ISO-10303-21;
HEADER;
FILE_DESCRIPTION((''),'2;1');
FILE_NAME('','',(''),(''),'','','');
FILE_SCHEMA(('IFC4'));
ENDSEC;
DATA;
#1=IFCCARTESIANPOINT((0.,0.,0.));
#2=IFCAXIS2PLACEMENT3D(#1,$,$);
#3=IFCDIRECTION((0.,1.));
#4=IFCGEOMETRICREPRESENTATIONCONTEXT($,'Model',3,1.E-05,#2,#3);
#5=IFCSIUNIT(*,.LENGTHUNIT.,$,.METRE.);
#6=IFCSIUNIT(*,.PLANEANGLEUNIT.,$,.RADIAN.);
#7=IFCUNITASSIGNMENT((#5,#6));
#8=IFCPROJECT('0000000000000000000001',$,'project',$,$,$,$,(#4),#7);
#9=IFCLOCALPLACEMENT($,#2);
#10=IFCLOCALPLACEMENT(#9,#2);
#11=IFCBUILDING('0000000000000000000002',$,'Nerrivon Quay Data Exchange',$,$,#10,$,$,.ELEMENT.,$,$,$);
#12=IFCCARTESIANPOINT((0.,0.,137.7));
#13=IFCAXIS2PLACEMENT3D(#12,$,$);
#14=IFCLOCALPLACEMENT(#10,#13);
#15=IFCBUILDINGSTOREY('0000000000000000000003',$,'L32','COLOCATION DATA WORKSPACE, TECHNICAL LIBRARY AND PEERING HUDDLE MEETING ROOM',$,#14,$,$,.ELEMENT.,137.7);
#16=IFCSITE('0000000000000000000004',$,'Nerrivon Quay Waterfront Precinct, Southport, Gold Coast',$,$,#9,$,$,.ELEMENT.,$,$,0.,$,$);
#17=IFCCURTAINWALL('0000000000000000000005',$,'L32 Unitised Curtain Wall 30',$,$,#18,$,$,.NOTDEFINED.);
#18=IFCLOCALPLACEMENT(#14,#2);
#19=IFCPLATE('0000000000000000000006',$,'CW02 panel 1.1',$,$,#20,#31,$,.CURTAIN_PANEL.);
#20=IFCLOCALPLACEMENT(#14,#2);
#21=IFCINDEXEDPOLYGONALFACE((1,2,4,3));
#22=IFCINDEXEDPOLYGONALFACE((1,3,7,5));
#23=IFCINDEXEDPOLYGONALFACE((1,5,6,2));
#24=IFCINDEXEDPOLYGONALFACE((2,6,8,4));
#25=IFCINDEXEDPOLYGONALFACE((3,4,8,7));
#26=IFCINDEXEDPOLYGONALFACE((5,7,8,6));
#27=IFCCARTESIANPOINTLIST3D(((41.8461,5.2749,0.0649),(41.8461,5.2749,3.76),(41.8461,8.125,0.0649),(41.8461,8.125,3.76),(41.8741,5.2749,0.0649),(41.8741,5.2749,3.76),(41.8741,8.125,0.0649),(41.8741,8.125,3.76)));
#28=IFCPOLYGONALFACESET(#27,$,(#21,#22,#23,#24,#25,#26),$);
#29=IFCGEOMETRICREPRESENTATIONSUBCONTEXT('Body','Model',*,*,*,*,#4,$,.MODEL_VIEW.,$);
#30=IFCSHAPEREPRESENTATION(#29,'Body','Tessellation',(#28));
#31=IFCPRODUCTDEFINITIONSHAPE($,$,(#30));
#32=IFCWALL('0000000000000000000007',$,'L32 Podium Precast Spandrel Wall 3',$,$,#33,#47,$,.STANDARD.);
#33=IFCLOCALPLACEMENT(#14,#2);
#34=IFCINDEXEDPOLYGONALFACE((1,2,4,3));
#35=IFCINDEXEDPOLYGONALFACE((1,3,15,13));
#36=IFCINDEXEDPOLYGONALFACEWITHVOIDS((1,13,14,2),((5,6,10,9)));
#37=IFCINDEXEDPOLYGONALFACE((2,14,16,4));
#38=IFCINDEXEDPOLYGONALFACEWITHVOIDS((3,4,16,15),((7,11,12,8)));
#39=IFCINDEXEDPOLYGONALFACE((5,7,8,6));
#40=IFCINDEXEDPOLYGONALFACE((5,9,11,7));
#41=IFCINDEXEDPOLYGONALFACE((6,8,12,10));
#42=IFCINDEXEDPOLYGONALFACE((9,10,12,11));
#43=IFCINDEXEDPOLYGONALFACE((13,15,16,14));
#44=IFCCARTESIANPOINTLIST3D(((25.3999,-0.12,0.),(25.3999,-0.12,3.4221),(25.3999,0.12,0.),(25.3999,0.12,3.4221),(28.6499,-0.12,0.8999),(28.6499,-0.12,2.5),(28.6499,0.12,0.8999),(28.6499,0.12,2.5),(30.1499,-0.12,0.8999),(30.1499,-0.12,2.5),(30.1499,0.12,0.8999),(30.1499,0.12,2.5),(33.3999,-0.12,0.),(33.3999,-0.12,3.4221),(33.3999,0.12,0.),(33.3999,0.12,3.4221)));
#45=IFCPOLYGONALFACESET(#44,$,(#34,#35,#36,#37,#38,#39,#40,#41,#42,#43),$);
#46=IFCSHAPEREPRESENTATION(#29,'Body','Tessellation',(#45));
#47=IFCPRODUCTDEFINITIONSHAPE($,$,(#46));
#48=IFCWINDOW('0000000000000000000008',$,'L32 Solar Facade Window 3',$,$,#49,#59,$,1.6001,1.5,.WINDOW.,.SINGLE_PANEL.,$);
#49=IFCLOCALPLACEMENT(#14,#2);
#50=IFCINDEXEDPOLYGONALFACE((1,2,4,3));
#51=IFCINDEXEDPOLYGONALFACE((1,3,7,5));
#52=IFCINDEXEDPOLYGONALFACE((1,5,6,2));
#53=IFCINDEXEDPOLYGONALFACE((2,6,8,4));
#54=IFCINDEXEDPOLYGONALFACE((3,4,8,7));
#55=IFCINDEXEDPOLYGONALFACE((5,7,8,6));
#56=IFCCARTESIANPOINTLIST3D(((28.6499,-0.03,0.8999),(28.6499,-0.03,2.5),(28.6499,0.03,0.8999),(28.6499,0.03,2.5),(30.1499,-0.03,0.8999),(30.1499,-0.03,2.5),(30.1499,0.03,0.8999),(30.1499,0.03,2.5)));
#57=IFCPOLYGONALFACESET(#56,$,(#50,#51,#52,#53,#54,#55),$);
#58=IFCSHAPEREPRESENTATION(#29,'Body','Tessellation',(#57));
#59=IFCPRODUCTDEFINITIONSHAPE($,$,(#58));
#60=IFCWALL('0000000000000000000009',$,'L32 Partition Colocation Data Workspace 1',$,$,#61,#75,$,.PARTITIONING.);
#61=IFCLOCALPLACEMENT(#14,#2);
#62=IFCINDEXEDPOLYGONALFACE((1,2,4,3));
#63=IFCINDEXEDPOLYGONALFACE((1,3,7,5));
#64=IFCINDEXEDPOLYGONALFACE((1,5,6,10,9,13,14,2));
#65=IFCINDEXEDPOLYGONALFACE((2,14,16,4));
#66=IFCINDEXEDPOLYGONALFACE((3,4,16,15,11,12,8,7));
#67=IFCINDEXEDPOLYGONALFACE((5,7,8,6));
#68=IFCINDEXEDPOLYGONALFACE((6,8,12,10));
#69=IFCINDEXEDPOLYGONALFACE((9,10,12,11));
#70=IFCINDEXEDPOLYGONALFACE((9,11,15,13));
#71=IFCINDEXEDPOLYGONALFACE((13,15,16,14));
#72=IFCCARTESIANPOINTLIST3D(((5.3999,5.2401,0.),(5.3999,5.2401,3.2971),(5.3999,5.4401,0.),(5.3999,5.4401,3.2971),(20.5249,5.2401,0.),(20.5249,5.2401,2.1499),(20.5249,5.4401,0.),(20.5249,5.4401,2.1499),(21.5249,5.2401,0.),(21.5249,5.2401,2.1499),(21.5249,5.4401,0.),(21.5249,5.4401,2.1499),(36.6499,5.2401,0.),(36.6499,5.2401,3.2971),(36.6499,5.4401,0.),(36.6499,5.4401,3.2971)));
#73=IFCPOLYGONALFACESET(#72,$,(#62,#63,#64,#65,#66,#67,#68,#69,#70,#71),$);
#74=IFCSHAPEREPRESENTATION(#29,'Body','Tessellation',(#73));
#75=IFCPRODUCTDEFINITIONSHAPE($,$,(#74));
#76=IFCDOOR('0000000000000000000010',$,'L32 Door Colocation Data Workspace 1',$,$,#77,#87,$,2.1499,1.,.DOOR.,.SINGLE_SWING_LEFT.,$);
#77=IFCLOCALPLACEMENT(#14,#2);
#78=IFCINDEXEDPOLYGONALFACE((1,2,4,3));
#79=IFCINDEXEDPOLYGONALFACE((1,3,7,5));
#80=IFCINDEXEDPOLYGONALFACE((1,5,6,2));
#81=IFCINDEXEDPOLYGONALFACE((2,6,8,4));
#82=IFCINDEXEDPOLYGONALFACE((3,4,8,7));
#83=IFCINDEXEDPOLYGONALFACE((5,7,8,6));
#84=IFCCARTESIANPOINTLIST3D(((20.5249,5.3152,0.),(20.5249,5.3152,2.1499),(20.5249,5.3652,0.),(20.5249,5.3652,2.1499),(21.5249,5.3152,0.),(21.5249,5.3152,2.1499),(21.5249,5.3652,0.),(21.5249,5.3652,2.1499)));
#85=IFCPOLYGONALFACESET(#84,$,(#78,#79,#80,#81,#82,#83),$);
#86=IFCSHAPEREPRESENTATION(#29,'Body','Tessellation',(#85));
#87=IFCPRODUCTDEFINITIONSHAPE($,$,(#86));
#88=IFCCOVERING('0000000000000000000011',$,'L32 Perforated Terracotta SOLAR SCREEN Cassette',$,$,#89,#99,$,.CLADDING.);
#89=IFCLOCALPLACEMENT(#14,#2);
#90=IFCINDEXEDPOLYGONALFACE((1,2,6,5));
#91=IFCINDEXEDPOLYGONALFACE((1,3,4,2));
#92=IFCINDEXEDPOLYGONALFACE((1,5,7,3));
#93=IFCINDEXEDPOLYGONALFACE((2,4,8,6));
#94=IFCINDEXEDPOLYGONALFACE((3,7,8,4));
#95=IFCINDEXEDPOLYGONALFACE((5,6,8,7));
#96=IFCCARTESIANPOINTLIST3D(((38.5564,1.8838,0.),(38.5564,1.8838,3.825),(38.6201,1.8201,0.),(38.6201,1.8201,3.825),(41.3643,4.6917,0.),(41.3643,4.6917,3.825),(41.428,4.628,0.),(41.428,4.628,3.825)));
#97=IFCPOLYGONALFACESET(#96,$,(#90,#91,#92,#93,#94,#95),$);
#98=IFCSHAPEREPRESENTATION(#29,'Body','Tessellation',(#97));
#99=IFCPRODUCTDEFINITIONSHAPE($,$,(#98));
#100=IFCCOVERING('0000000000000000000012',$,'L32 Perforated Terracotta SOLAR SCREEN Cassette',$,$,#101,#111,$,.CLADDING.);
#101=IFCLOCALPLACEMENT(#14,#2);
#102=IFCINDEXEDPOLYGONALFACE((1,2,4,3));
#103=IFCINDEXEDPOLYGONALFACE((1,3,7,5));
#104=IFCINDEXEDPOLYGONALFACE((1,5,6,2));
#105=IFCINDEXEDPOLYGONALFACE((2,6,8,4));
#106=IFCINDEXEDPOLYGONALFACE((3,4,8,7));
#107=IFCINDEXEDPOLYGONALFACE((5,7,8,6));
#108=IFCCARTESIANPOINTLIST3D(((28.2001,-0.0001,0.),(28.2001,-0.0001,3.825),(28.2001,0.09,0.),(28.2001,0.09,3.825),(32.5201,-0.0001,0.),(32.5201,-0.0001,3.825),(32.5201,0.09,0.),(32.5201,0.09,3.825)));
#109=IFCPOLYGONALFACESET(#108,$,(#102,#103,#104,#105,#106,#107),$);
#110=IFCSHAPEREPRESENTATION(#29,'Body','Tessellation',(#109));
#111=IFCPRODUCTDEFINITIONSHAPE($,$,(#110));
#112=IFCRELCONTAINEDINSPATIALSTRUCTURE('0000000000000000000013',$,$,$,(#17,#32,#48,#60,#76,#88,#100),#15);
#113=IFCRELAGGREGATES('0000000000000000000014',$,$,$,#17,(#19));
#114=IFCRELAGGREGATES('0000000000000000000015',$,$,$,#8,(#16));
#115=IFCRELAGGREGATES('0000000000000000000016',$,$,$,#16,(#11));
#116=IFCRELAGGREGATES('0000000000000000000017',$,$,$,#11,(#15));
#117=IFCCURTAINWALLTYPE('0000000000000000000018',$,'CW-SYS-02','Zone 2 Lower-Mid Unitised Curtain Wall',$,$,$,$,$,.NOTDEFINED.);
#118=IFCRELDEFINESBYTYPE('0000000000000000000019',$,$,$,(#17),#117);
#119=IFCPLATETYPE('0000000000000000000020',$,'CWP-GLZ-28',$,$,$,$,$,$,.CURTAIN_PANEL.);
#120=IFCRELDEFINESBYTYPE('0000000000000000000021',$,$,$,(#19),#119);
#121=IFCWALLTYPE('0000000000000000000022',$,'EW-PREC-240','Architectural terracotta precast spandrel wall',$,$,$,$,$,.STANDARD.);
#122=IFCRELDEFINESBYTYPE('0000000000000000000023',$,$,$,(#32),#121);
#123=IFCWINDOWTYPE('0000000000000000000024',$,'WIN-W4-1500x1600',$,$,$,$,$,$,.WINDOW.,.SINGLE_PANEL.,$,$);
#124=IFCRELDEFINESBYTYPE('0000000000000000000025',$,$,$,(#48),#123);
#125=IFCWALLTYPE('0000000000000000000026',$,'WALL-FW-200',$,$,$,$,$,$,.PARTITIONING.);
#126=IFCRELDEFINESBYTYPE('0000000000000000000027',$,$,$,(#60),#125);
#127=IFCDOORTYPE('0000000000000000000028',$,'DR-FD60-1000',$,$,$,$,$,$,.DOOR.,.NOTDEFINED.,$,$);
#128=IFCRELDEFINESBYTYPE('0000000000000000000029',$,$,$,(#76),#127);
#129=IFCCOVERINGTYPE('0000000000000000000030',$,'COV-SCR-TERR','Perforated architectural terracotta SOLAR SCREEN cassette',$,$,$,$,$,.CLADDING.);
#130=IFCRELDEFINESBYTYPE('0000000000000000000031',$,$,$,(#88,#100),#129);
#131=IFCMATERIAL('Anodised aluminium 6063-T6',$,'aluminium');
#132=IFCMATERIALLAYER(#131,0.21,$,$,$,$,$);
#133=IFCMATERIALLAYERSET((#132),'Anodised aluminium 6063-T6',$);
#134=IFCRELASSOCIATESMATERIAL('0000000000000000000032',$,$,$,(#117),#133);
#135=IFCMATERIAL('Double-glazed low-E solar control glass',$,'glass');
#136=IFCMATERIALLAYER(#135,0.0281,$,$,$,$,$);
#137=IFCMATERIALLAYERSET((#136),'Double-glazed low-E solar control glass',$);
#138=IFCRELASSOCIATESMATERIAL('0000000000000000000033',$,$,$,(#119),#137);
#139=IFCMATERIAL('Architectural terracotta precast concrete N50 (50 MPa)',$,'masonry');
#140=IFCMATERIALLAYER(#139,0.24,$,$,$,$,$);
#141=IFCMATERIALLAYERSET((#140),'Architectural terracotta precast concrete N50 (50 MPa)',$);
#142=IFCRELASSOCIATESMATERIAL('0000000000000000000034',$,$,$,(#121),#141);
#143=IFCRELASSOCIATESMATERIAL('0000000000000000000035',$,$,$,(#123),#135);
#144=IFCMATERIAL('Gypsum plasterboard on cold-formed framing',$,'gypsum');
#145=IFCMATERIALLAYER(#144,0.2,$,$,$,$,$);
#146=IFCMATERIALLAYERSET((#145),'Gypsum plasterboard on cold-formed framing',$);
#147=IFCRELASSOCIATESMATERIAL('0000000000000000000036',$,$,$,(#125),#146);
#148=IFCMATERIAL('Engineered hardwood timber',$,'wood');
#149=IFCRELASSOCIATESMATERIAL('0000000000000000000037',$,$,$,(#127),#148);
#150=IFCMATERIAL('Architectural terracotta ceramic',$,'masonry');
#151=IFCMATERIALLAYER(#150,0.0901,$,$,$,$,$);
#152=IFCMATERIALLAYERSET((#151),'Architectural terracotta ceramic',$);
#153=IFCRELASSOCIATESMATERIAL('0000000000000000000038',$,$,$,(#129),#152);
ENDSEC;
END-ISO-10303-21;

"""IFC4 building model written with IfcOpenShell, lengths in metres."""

from ifc_helpers import new_model, si_unit, direction, frame, frame_2d, origin, origin_2d, place, context, subcontext, project, spatial, rectangle, extrude, material, layer, layer_set, type_object, element, fill, aggregate, save


model = new_model("IFC4")

# Units and contexts
model_context = context("Model", 3, precision=1e-05, world=origin(), true_north=direction((0.0, 1.0)))
body_context = subcontext(model_context, "Body", "Model", "MODEL_VIEW")
ifc_project = project(units=[si_unit("LENGTHUNIT", "METRE"), si_unit("PLANEANGLEUNIT", "RADIAN")], contexts=[model_context])

# Site, building, storey
site_placement = place(None, origin())
site = spatial("IfcSite", under=ifc_project, at=site_placement, Name="Nerrivon Quay Waterfront Precinct, Southport, Gold Coast", CompositionType="ELEMENT", RefElevation=0.0)
building_placement = place(site_placement, origin())
building = spatial("IfcBuilding", under=site, at=building_placement, Name="Nerrivon Quay Data Exchange", CompositionType="ELEMENT")
storey_placement = place(building_placement, frame((0.0, 0.0, 137.7)))
storey = spatial("IfcBuildingStorey", under=building, at=storey_placement, Name="L32", Description="COLOCATION DATA WORKSPACE, TECHNICAL LIBRARY AND PEERING HUDDLE MEETING ROOM", CompositionType="ELEMENT", Elevation=137.7)

# Curtain wall
ifc_material_1 = material(Name="Anodised aluminium 6063-T6", Category="aluminium")
ifc_layer_1 = layer(ifc_material_1, 0.21)
ifc_layer_set_1 = layer_set([ifc_layer_1], Name="Anodised aluminium 6063-T6")
curtain_wall_type = type_object("IfcCurtainWallType", Name="CW-SYS-02", Description="Zone 2 Lower-Mid Unitised Curtain Wall", PredefinedType="NOTDEFINED", material=ifc_layer_set_1)
curtain_wall_1_placement = place(storey_placement, origin())
curtain_wall_1 = element("IfcCurtainWall", 1, at=curtain_wall_1_placement, inside=storey, type_object=curtain_wall_type, Name="L32 Unitised Curtain Wall 30", PredefinedType="NOTDEFINED")

# Plate
ifc_material_2 = material(Name="Double-glazed low-E solar control glass", Category="glass")
ifc_layer_2 = layer(ifc_material_2, 0.0281)
ifc_layer_set_2 = layer_set([ifc_layer_2], Name="Double-glazed low-E solar control glass")
plate_type = type_object("IfcPlateType", Name="CWP-GLZ-28", PredefinedType="CURTAIN_PANEL", material=ifc_layer_set_2)
plate_1_placement = place(storey_placement, frame((41.8601, 6.7, 0.0649), z_axis=(0.0, 0.0, 1.0), x_axis=(0.0, -1.0, 0.0)))
plate_1 = element("IfcPlate", 2, at=plate_1_placement, type_object=plate_type, Name="CW02 panel 1.1", PredefinedType="CURTAIN_PANEL", context=body_context, shape_type="SweptSolid", body=[
    extrude(rectangle(XDim=2.8501, YDim=0.0281, at=origin_2d()), origin(), (0.0, 0.0, 1.0), 3.6951),
])
aggregate(curtain_wall_1, [plate_1])

# Wall, opening, window
ifc_material_3 = material(Name="Architectural terracotta precast concrete N50 (50 MPa)", Category="masonry")
ifc_layer_3 = layer(ifc_material_3, 0.24)
ifc_layer_set_3 = layer_set([ifc_layer_3], Name="Architectural terracotta precast concrete N50 (50 MPa)")
wall_type_1 = type_object("IfcWallType", Name="EW-PREC-240", Description="Architectural terracotta precast spandrel wall", PredefinedType="STANDARD", material=ifc_layer_set_3)
wall_1_placement = place(storey_placement, frame((33.3999, 0.0, 0.0), z_axis=(0.0, 0.0, 1.0), x_axis=(-1.0, 0.0, 0.0)))
wall_1 = element("IfcWall", 3, at=wall_1_placement, inside=storey, type_object=wall_type_1, Name="L32 Podium Precast Spandrel Wall 3", PredefinedType="STANDARD", context=body_context, shape_type="SweptSolid", body=[
    extrude(rectangle(XDim=8.0, YDim=0.24, at=frame_2d((4.0, 0.0))), origin(), (0.0, 0.0, 1.0), 3.4221),
])
opening_1_placement = place(wall_1_placement, frame((3.25, 0.0, 0.8999)))
opening_1 = element("IfcOpeningElement", 4, at=opening_1_placement, cuts=wall_1, PredefinedType="OPENING", context=body_context, shape_type="SweptSolid", body=[
    extrude(rectangle(XDim=1.5, YDim=1.6001, at=frame_2d((0.75, 0.8))), frame((0.0, 0.1299, 0.0), z_axis=(0.0, -1.0, 0.0), x_axis=(1.0, 0.0, 0.0)), (0.0, 0.0, 1.0), 0.26),
])
window_type = type_object("IfcWindowType", Name="WIN-W4-1500x1600", PartitioningType="SINGLE_PANEL", PredefinedType="WINDOW", material=ifc_material_2)
window_placement = place(opening_1_placement, origin())
window = element("IfcWindow", 5, at=window_placement, inside=storey, type_object=window_type, Name="L32 Solar Facade Window 3", OverallHeight=1.6001, OverallWidth=1.5, PartitioningType="SINGLE_PANEL", PredefinedType="WINDOW", context=body_context, shape_type="SweptSolid", body=[
    extrude(rectangle(XDim=1.5, YDim=1.6001, at=frame_2d((0.75, 0.8))), frame((0.0, 0.03, 0.0), z_axis=(0.0, -1.0, 0.0), x_axis=(1.0, 0.0, 0.0)), (0.0, 0.0, 1.0), 0.0601),
])
fill(opening_1, window)

# Wall, opening, door
ifc_material_4 = material(Name="Gypsum plasterboard on cold-formed framing", Category="gypsum")
ifc_layer_4 = layer(ifc_material_4, 0.2)
ifc_layer_set_4 = layer_set([ifc_layer_4], Name="Gypsum plasterboard on cold-formed framing")
wall_type_2 = type_object("IfcWallType", Name="WALL-FW-200", PredefinedType="PARTITIONING", material=ifc_layer_set_4)
wall_2_placement = place(storey_placement, frame((36.6499, 5.3401, 0.0), z_axis=(0.0, 0.0, 1.0), x_axis=(-1.0, 0.0, 0.0)))
wall_2 = element("IfcWall", 6, at=wall_2_placement, inside=storey, type_object=wall_type_2, Name="L32 Partition Colocation Data Workspace 1", PredefinedType="PARTITIONING", context=body_context, shape_type="SweptSolid", body=[
    extrude(rectangle(XDim=31.25, YDim=0.2, at=frame_2d((15.625, 0.0))), origin(), (0.0, 0.0, 1.0), 3.2971),
])
opening_2_placement = place(wall_2_placement, frame((15.125, 0.0, 0.0)))
opening_2 = element("IfcOpeningElement", 7, at=opening_2_placement, cuts=wall_2, PredefinedType="OPENING", context=body_context, shape_type="SweptSolid", body=[
    extrude(rectangle(XDim=1.0, YDim=2.1499, at=frame_2d((0.5, 1.075))), frame((0.0, 0.1099, 0.0), z_axis=(0.0, -1.0, 0.0), x_axis=(1.0, 0.0, 0.0)), (0.0, 0.0, 1.0), 0.22),
])
ifc_material_5 = material(Name="Engineered hardwood timber", Category="wood")
door_type_1 = type_object("IfcDoorType", Name="DR-FD60-1000", OperationType="NOTDEFINED", PredefinedType="DOOR", material=ifc_material_5)
door_1_placement = place(opening_2_placement, origin())
door_1 = element("IfcDoor", 8, at=door_1_placement, inside=storey, type_object=door_type_1, Name="L32 Door Colocation Data Workspace 1", OperationType="SINGLE_SWING_LEFT", OverallHeight=2.1499, OverallWidth=1.0, PredefinedType="DOOR", context=body_context, shape_type="SweptSolid", body=[
    extrude(rectangle(XDim=1.0, YDim=2.1499, at=frame_2d((0.5, 1.075))), frame((0.0, 0.0249, 0.0), z_axis=(0.0, -1.0, 0.0), x_axis=(1.0, 0.0, 0.0)), (0.0, 0.0, 1.0), 0.05),
])
fill(opening_2, door_1)

# Coverings
ifc_material_6 = material(Name="Architectural terracotta ceramic", Category="masonry")
ifc_layer_5 = layer(ifc_material_6, 0.0901)
ifc_layer_set_5 = layer_set([ifc_layer_5], Name="Architectural terracotta ceramic")
covering_type = type_object("IfcCoveringType", Name="COV-SCR-TERR", Description="Perforated architectural terracotta SOLAR SCREEN cassette", PredefinedType="CLADDING", material=ifc_layer_set_5)
covering_1_placement = place(storey_placement, frame((39.9922, 3.2559, 0.0), z_axis=(0.0, 0.0, 1.0), x_axis=(-0.707107, -0.707107, 0.0)))
element("IfcCovering", 9, at=covering_1_placement, inside=storey, type_object=covering_type, Name="L32 Perforated Terracotta SOLAR SCREEN Cassette", PredefinedType="CLADDING", context=body_context, shape_type="SweptSolid", body=[
    extrude(rectangle(XDim=3.9709, YDim=0.0901, at=origin_2d()), origin(), (0.0, 0.0, 1.0), 3.825),
])
covering_2_placement = place(storey_placement, frame((30.3601, 0.0449, 0.0), z_axis=(0.0, 0.0, 1.0), x_axis=(-1.0, 0.0, 0.0)))
element("IfcCovering", 10, at=covering_2_placement, inside=storey, type_object=covering_type, Name="L32 Perforated Terracotta SOLAR SCREEN Cassette", PredefinedType="CLADDING", context=body_context, shape_type="SweptSolid", body=[
    extrude(rectangle(XDim=4.3201, YDim=0.0901, at=origin_2d()), origin(), (0.0, 0.0, 1.0), 3.825),
])

save(model, "model.ifc")
